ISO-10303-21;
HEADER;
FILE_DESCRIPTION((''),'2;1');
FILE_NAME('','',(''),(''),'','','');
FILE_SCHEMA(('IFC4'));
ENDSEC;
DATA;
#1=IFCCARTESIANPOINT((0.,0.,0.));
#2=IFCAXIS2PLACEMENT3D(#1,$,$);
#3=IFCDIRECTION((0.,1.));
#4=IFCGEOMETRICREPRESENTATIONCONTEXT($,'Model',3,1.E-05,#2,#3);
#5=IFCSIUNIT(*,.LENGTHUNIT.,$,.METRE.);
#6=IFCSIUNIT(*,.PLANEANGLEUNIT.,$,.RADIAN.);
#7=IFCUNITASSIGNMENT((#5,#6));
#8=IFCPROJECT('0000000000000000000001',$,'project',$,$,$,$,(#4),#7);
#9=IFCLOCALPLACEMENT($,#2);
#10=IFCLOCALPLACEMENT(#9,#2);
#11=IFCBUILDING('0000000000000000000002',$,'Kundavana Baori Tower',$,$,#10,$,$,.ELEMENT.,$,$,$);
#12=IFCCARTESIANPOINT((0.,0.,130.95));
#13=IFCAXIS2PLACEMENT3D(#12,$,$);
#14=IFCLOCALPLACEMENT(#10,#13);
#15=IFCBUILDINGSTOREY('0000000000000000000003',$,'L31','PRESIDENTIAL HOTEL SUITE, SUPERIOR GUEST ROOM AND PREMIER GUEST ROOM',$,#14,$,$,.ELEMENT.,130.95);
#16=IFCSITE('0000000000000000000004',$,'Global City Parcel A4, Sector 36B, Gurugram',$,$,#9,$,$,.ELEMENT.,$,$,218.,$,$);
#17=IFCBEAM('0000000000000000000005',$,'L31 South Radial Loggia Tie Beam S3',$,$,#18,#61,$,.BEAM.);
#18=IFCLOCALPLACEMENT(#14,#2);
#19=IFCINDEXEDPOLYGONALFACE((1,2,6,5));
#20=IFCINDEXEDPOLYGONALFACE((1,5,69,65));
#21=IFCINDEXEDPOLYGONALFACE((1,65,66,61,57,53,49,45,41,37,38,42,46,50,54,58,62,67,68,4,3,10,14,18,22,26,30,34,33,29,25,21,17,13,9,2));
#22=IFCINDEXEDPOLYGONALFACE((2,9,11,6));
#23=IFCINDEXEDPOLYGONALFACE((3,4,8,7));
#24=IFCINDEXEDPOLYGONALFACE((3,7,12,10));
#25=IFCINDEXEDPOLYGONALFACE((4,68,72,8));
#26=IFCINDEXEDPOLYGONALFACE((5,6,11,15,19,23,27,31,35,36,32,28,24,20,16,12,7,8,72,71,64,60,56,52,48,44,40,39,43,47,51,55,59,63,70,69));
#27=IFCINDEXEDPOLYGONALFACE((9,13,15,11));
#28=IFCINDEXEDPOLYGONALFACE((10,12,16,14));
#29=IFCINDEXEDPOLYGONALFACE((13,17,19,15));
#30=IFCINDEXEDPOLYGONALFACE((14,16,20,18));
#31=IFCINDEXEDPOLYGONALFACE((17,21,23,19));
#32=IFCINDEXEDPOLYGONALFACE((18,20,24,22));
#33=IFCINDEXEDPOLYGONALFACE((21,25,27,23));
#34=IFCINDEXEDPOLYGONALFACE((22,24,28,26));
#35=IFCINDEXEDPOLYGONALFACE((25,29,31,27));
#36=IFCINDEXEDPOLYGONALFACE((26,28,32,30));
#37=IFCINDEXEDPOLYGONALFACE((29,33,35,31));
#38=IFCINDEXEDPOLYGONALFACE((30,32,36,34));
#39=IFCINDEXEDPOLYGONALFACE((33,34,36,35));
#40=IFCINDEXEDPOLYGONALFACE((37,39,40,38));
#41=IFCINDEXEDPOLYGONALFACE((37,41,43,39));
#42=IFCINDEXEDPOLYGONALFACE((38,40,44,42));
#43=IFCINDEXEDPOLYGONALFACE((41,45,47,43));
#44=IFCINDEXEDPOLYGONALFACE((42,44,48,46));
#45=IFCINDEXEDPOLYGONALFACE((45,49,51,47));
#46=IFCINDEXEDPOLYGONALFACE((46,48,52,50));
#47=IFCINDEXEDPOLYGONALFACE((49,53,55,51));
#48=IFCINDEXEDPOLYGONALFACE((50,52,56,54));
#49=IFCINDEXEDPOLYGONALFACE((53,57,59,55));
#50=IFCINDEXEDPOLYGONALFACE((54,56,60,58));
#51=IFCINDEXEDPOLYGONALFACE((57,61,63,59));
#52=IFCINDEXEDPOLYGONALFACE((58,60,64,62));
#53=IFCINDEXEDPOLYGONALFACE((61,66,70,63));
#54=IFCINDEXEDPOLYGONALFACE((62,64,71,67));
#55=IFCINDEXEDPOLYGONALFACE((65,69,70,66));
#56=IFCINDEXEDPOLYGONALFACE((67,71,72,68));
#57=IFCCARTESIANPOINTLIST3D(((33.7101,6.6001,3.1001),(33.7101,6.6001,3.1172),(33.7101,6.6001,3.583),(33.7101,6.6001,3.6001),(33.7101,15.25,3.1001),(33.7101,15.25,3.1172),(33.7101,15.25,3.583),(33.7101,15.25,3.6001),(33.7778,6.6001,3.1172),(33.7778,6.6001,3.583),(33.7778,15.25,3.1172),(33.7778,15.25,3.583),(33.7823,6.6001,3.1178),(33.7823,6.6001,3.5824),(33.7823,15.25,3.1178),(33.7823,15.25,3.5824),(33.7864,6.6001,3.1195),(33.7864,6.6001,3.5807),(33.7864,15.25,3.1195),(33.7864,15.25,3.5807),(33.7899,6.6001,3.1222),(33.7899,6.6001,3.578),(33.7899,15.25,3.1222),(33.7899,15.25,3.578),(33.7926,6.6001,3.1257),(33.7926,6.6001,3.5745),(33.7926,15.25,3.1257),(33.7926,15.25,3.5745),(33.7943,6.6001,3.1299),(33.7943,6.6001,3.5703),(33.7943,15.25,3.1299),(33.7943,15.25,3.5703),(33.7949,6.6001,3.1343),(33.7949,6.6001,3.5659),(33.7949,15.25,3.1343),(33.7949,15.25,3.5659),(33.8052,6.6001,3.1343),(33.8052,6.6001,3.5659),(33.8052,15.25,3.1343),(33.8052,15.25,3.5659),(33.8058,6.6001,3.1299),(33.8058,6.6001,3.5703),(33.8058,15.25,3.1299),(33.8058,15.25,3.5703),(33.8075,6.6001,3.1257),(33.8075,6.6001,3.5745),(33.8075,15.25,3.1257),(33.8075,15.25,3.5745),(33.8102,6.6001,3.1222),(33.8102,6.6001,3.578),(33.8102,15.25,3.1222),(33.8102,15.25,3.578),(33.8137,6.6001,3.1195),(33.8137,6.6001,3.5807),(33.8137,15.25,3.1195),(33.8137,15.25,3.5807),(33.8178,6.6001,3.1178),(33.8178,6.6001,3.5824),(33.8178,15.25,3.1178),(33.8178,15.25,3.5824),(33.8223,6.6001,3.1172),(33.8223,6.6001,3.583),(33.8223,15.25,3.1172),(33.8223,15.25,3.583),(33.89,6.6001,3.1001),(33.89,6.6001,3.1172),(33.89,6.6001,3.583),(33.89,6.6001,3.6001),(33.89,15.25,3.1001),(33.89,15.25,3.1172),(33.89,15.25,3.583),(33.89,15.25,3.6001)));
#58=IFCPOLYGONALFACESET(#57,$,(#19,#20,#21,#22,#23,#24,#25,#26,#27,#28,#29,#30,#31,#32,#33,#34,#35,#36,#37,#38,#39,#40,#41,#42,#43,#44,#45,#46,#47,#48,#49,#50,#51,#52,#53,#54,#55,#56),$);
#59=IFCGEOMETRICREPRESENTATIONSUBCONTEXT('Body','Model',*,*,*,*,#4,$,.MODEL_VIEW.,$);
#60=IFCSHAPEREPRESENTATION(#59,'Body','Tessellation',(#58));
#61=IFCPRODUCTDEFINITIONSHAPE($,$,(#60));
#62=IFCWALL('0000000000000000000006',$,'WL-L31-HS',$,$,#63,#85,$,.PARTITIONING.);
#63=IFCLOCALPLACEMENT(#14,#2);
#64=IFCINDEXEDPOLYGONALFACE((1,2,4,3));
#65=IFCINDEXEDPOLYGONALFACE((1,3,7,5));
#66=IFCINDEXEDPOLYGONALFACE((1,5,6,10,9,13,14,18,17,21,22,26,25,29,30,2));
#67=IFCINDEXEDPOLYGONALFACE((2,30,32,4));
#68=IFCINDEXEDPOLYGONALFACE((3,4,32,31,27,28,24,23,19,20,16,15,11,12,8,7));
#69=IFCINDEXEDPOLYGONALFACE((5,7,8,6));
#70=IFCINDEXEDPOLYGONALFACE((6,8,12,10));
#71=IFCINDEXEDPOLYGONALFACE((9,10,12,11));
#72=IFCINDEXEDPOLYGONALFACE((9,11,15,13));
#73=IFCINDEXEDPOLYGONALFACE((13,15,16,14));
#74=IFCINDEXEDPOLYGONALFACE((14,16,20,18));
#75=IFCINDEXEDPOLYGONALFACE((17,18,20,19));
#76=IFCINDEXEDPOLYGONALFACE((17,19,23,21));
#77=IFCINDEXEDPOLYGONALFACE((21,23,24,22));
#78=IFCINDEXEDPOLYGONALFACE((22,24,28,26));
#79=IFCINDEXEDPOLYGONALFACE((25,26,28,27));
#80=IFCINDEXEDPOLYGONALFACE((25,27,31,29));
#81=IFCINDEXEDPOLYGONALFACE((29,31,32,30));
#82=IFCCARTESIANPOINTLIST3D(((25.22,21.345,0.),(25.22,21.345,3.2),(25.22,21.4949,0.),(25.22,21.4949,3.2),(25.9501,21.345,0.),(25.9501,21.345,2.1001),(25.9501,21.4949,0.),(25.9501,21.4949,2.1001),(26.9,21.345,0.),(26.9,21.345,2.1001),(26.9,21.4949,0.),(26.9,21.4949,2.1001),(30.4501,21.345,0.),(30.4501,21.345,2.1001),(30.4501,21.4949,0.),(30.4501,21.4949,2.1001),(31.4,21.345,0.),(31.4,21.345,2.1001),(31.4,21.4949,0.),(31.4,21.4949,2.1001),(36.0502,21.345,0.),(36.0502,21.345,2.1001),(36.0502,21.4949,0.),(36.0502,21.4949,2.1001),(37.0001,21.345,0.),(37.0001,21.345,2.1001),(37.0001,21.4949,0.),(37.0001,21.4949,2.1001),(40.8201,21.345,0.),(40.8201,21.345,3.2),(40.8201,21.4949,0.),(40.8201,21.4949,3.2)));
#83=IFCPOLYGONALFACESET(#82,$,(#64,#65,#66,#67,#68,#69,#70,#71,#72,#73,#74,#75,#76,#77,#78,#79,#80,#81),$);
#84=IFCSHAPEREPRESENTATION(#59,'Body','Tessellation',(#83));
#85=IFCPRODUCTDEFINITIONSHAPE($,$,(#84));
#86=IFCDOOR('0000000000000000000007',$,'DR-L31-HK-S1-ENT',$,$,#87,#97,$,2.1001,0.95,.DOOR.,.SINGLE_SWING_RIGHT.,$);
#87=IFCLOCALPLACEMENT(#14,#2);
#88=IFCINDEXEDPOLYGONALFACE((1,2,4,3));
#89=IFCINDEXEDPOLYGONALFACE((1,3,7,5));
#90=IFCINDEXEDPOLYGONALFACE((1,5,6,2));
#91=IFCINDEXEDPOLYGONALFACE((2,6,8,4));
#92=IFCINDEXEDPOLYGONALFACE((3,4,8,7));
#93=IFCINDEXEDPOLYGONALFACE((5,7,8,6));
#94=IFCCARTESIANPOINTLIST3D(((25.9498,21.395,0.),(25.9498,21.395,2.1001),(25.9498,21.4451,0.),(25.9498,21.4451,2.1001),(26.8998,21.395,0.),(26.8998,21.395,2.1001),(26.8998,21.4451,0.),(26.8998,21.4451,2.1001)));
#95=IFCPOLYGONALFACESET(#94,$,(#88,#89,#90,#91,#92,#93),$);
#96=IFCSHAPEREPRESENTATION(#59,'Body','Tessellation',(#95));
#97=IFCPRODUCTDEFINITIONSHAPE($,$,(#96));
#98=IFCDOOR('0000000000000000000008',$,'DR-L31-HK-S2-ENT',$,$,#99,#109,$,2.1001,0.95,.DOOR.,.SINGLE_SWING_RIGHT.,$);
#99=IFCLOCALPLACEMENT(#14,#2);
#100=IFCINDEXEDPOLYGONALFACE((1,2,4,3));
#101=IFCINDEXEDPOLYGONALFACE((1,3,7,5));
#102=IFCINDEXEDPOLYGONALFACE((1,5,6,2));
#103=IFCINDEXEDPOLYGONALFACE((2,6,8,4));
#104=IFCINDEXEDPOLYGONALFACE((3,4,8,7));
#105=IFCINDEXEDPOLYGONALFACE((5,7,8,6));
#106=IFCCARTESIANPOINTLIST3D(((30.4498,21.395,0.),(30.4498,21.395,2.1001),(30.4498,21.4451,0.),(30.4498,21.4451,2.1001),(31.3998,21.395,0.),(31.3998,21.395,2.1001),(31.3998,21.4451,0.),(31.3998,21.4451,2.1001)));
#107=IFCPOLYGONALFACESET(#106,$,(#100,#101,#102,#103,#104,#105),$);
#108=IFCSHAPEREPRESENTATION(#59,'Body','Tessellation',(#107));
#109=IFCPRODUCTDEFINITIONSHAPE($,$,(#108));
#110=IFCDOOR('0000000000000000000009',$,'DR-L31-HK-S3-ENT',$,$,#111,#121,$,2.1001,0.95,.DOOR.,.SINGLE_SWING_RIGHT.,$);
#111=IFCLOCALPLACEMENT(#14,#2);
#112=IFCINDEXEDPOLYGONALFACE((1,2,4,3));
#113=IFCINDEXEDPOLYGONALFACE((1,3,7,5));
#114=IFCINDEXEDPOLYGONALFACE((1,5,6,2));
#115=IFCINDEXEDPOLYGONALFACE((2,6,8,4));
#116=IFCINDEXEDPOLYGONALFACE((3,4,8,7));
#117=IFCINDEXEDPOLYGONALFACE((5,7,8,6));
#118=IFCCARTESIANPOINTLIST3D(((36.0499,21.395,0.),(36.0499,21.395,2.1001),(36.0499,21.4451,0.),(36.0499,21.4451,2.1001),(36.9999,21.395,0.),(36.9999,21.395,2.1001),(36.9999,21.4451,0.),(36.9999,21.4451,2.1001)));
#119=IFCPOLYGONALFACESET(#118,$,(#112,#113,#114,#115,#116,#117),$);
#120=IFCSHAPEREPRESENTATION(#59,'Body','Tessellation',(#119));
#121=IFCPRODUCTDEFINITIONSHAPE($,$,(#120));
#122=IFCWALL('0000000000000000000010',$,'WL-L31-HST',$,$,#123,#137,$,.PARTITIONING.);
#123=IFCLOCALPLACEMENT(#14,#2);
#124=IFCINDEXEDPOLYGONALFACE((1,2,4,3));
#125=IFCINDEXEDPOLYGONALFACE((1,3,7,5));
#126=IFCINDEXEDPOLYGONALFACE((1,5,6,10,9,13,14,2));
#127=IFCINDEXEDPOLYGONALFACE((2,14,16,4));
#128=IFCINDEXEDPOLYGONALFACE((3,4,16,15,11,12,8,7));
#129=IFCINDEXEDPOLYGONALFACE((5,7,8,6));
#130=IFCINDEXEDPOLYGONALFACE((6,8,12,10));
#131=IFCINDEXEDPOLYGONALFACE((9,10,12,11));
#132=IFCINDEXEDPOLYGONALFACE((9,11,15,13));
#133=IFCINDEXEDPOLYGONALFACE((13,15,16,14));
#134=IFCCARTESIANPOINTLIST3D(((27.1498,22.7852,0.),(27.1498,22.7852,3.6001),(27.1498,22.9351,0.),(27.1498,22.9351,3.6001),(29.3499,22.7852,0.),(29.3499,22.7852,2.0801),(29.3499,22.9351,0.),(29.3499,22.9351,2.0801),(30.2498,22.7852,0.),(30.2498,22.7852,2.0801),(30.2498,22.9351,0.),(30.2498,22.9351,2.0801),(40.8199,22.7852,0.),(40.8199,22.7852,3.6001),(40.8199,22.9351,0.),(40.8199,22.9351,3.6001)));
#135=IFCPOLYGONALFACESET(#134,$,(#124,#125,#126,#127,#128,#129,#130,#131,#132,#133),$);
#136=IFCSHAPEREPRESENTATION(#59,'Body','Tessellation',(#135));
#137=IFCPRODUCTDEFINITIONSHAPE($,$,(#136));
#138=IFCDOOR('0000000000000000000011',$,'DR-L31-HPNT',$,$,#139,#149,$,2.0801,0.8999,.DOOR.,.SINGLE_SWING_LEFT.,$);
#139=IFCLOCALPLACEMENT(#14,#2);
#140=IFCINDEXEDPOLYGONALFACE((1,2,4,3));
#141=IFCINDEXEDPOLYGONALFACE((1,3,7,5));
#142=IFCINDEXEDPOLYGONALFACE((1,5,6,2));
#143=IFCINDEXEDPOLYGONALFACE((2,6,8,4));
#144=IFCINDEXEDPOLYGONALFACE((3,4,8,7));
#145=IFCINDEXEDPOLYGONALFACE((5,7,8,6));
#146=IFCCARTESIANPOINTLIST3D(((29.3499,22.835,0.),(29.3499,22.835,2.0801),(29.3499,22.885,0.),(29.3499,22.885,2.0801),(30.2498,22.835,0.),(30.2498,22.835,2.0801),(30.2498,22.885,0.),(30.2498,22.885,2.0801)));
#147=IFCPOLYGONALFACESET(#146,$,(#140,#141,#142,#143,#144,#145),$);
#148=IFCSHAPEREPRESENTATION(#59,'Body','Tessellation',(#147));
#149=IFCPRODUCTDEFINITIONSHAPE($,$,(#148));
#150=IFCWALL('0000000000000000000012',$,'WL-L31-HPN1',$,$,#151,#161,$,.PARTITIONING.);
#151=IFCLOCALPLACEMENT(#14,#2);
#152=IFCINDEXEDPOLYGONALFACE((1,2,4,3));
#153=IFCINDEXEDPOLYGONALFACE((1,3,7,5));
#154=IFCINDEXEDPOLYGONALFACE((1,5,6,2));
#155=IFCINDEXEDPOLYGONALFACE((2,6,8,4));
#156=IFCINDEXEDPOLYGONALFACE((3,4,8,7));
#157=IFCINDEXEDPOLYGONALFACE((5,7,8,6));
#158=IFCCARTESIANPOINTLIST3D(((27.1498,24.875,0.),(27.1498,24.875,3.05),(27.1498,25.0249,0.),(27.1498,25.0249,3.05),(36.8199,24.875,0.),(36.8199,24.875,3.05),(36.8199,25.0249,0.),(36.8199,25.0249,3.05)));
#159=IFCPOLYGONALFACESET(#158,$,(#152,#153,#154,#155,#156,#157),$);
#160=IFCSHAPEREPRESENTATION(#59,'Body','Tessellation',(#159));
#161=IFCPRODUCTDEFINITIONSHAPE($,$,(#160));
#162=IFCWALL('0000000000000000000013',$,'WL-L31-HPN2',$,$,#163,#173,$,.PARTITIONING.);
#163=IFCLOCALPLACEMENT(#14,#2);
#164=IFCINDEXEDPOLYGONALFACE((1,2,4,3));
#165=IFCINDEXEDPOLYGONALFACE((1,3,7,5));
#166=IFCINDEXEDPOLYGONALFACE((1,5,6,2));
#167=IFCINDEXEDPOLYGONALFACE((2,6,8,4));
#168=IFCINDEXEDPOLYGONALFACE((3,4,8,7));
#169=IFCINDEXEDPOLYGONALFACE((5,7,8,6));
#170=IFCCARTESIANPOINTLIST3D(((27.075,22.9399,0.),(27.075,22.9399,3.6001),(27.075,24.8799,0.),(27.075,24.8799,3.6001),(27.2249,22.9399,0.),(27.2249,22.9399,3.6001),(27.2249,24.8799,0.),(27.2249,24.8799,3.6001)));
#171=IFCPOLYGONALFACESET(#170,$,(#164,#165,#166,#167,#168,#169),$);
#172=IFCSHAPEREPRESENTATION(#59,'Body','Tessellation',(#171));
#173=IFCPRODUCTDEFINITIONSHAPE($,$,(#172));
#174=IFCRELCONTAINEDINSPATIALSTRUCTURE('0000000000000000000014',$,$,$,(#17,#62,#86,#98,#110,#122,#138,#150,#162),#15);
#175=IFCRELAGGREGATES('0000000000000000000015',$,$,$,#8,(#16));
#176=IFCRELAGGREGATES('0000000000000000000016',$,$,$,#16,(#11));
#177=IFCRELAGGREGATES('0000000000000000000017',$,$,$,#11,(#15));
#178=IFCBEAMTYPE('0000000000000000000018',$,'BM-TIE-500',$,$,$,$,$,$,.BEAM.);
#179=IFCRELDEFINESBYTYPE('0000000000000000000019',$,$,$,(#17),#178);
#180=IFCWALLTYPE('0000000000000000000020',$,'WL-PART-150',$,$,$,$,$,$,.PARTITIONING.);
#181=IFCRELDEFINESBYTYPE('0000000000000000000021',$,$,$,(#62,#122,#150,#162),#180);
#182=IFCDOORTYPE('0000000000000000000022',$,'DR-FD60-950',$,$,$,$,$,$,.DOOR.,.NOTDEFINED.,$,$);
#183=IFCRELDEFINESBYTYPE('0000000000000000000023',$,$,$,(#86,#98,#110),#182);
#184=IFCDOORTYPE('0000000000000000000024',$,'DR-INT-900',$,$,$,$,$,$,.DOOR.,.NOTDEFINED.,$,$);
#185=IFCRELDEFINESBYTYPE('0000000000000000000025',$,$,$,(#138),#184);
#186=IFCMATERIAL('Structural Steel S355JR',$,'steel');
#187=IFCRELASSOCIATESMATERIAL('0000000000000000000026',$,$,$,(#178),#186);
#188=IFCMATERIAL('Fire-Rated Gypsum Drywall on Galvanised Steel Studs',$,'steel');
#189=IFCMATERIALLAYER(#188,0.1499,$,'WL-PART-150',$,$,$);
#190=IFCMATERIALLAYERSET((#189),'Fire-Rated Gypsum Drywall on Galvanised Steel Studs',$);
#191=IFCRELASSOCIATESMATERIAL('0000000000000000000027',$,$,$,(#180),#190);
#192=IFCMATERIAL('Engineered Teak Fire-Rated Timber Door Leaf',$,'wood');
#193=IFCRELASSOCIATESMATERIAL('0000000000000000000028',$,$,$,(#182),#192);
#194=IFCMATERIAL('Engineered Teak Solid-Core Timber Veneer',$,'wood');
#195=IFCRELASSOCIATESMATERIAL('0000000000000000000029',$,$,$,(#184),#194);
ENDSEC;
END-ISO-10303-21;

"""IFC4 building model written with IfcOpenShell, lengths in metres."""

from ifc_helpers import new_model, si_unit, direction, frame, frame_2d, origin, origin_2d, place, context, subcontext, project, spatial, rectangle, i_section, extrude, material, layer, layer_set, material_profile, profile_set, type_object, element, fill, save


model = new_model("IFC4")

# Units and contexts
model_context = context("Model", 3, precision=1e-05, world=origin(), true_north=direction((0.0, 1.0)))
body_context = subcontext(model_context, "Body", "Model", "MODEL_VIEW")
ifc_project = project(units=[si_unit("LENGTHUNIT", "METRE"), si_unit("PLANEANGLEUNIT", "RADIAN")], contexts=[model_context])

# Site, building, storey
site_placement = place(None, origin())
site = spatial("IfcSite", under=ifc_project, at=site_placement, Name="Global City Parcel A4, Sector 36B, Gurugram", CompositionType="ELEMENT", RefElevation=218.0)
building_placement = place(site_placement, origin())
building = spatial("IfcBuilding", under=site, at=building_placement, Name="Kundavana Baori Tower", CompositionType="ELEMENT")
storey_placement = place(building_placement, frame((0.0, 0.0, 130.95)))
storey = spatial("IfcBuildingStorey", under=building, at=storey_placement, Name="L31", Description="PRESIDENTIAL HOTEL SUITE, SUPERIOR GUEST ROOM AND PREMIER GUEST ROOM", CompositionType="ELEMENT", Elevation=130.95)

# Beam
ifc_material_1 = material(Name="Structural Steel S355JR", Category="steel")
ifc_material_profile_1 = material_profile(ifc_material_1, i_section(OverallWidth=0.1799, OverallDepth=0.5, WebThickness=0.0103, FlangeThickness=0.0171, FilletRadius=0.0171, at=origin_2d()), Name="ISMB 500")
ifc_profile_set_1 = profile_set([ifc_material_profile_1], Name="Structural Steel S355JR")
beam_type_1 = type_object("IfcBeamType", Name="BM-TIE-500", PredefinedType="BEAM", material=ifc_profile_set_1)
beam_1_placement = place(storey_placement, frame((33.8, 15.25, 3.3501), z_axis=(0.0, -1.0, 0.0), x_axis=(1.0, 0.0, 0.0)))
element("IfcBeam", 1, at=beam_1_placement, inside=storey, type_object=beam_type_1, Name="L31 South Radial Loggia Tie Beam S3", PredefinedType="BEAM", context=body_context, shape_type="SweptSolid", body=[
    extrude(i_section(OverallWidth=0.1799, OverallDepth=0.5, WebThickness=0.0103, FlangeThickness=0.0171, FilletRadius=0.0171, at=origin_2d()), origin(), (0.0, 0.0, 1.0), 8.6499),
])

# Wall, openings, doors
ifc_material_2 = material(Name="Fire-Rated Gypsum Drywall on Galvanised Steel Studs", Category="steel")
ifc_layer = layer(ifc_material_2, 0.1499, Name="WL-PART-150")
ifc_layer_set = layer_set([ifc_layer], Name="Fire-Rated Gypsum Drywall on Galvanised Steel Studs")
wall_type = type_object("IfcWallType", Name="WL-PART-150", PredefinedType="PARTITIONING", material=ifc_layer_set)
wall_1_placement = place(storey_placement, frame((25.22, 21.4199, 0.0), z_axis=(0.0, 0.0, 1.0), x_axis=(1.0, 0.0, 0.0)))
wall_1 = element("IfcWall", 2, at=wall_1_placement, inside=storey, type_object=wall_type, Name="WL-L31-HS", PredefinedType="PARTITIONING", context=body_context, shape_type="SweptSolid", body=[
    extrude(rectangle(XDim=15.6001, YDim=0.1499, at=frame_2d((7.8, 0.0))), origin(), (0.0, 0.0, 1.0), 3.2),
])
opening_1_placement = place(wall_1_placement, frame((0.73, 0.0, 0.0)))
opening_1 = element("IfcOpeningElement", 3, at=opening_1_placement, cuts=wall_1, PredefinedType="OPENING", context=body_context, shape_type="SweptSolid", body=[
    extrude(rectangle(XDim=0.95, YDim=2.1001, at=frame_2d((0.4751, 1.05))), frame((0.0, 0.085, 0.0), z_axis=(0.0, -1.0, 0.0), x_axis=(1.0, 0.0, 0.0)), (0.0, 0.0, 1.0), 0.1699),
])
opening_2_placement = place(wall_1_placement, frame((5.23, 0.0, 0.0)))
opening_2 = element("IfcOpeningElement", 4, at=opening_2_placement, cuts=wall_1, PredefinedType="OPENING", context=body_context, shape_type="SweptSolid", body=[
    extrude(rectangle(XDim=0.95, YDim=2.1001, at=frame_2d((0.4751, 1.05))), frame((0.0, 0.085, 0.0), z_axis=(0.0, -1.0, 0.0), x_axis=(1.0, 0.0, 0.0)), (0.0, 0.0, 1.0), 0.1699),
])
opening_3_placement = place(wall_1_placement, frame((10.8301, 0.0, 0.0)))
opening_3 = element("IfcOpeningElement", 5, at=opening_3_placement, cuts=wall_1, PredefinedType="OPENING", context=body_context, shape_type="SweptSolid", body=[
    extrude(rectangle(XDim=0.95, YDim=2.1001, at=frame_2d((0.4751, 1.05))), frame((0.0, 0.085, 0.0), z_axis=(0.0, -1.0, 0.0), x_axis=(1.0, 0.0, 0.0)), (0.0, 0.0, 1.0), 0.1699),
])
ifc_material_3 = material(Name="Engineered Teak Fire-Rated Timber Door Leaf", Category="wood")
door_type_1 = type_object("IfcDoorType", Name="DR-FD60-950", OperationType="NOTDEFINED", PredefinedType="DOOR", material=ifc_material_3)
door_1_placement = place(opening_1_placement, frame((0.95, 0.0, 0.0), z_axis=(0.0, 0.0, 1.0), x_axis=(-1.0, 0.0, 0.0)))
door_1 = element("IfcDoor", 6, at=door_1_placement, inside=storey, type_object=door_type_1, Name="DR-L31-HK-S1-ENT", OperationType="SINGLE_SWING_RIGHT", OverallHeight=2.1001, OverallWidth=0.95, PredefinedType="DOOR", context=body_context, shape_type="SweptSolid", body=[
    extrude(rectangle(XDim=0.95, YDim=2.1001, at=frame_2d((0.4751, 1.05))), frame((0.0, 0.0249, 0.0), z_axis=(0.0, -1.0, 0.0), x_axis=(1.0, 0.0, 0.0)), (0.0, 0.0, 1.0), 0.05),
])
fill(opening_1, door_1)
door_2_placement = place(opening_2_placement, frame((0.95, 0.0, 0.0), z_axis=(0.0, 0.0, 1.0), x_axis=(-1.0, 0.0, 0.0)))
door_2 = element("IfcDoor", 7, at=door_2_placement, inside=storey, type_object=door_type_1, Name="DR-L31-HK-S2-ENT", OperationType="SINGLE_SWING_RIGHT", OverallHeight=2.1001, OverallWidth=0.95, PredefinedType="DOOR", context=body_context, shape_type="SweptSolid", body=[
    extrude(rectangle(XDim=0.95, YDim=2.1001, at=frame_2d((0.4751, 1.05))), frame((0.0, 0.0249, 0.0), z_axis=(0.0, -1.0, 0.0), x_axis=(1.0, 0.0, 0.0)), (0.0, 0.0, 1.0), 0.05),
])
fill(opening_2, door_2)
door_3_placement = place(opening_3_placement, frame((0.95, 0.0, 0.0), z_axis=(0.0, 0.0, 1.0), x_axis=(-1.0, 0.0, 0.0)))
door_3 = element("IfcDoor", 8, at=door_3_placement, inside=storey, type_object=door_type_1, Name="DR-L31-HK-S3-ENT", OperationType="SINGLE_SWING_RIGHT", OverallHeight=2.1001, OverallWidth=0.95, PredefinedType="DOOR", context=body_context, shape_type="SweptSolid", body=[
    extrude(rectangle(XDim=0.95, YDim=2.1001, at=frame_2d((0.4751, 1.05))), frame((0.0, 0.0249, 0.0), z_axis=(0.0, -1.0, 0.0), x_axis=(1.0, 0.0, 0.0)), (0.0, 0.0, 1.0), 0.05),
])
fill(opening_3, door_3)

# Wall, opening, door
wall_2_placement = place(storey_placement, frame((27.1499, 22.8601, 0.0), z_axis=(0.0, 0.0, 1.0), x_axis=(1.0, 0.0, 0.0)))
wall_2 = element("IfcWall", 9, at=wall_2_placement, inside=storey, type_object=wall_type, Name="WL-L31-HST", PredefinedType="PARTITIONING", context=body_context, shape_type="SweptSolid", body=[
    extrude(rectangle(XDim=13.6702, YDim=0.1499, at=frame_2d((6.835, 0.0))), origin(), (0.0, 0.0, 1.0), 3.6001),
])
opening_4_placement = place(wall_2_placement, frame((2.2, 0.0, 0.0)))
opening_4 = element("IfcOpeningElement", 10, at=opening_4_placement, cuts=wall_2, PredefinedType="OPENING", context=body_context, shape_type="SweptSolid", body=[
    extrude(rectangle(XDim=0.8999, YDim=2.0801, at=frame_2d((0.45, 1.04))), frame((0.0, 0.085, 0.0), z_axis=(0.0, -1.0, 0.0), x_axis=(1.0, 0.0, 0.0)), (0.0, 0.0, 1.0), 0.1699),
])
ifc_material_4 = material(Name="Engineered Teak Solid-Core Timber Veneer", Category="wood")
door_type_2 = type_object("IfcDoorType", Name="DR-INT-900", OperationType="NOTDEFINED", PredefinedType="DOOR", material=ifc_material_4)
door_4_placement = place(opening_4_placement, origin())
door_4 = element("IfcDoor", 11, at=door_4_placement, inside=storey, type_object=door_type_2, Name="DR-L31-HPNT", OperationType="SINGLE_SWING_LEFT", OverallHeight=2.0801, OverallWidth=0.8999, PredefinedType="DOOR", context=body_context, shape_type="SweptSolid", body=[
    extrude(rectangle(XDim=0.8999, YDim=2.0801, at=frame_2d((0.45, 1.04))), frame((0.0, 0.0249, 0.0), z_axis=(0.0, -1.0, 0.0), x_axis=(1.0, 0.0, 0.0)), (0.0, 0.0, 1.0), 0.05),
])
fill(opening_4, door_4)

# Walls
wall_3_placement = place(storey_placement, frame((27.1499, 24.95, 0.0), z_axis=(0.0, 0.0, 1.0), x_axis=(1.0, 0.0, 0.0)))
element("IfcWall", 12, at=wall_3_placement, inside=storey, type_object=wall_type, Name="WL-L31-HPN1", PredefinedType="PARTITIONING", context=body_context, shape_type="SweptSolid", body=[
    extrude(rectangle(XDim=9.6702, YDim=0.1499, at=frame_2d((4.835, 0.0))), origin(), (0.0, 0.0, 1.0), 3.05),
])
wall_4_placement = place(storey_placement, frame((27.1499, 22.9399, 0.0), z_axis=(0.0, 0.0, 1.0), x_axis=(0.0, 1.0, 0.0)))
element("IfcWall", 13, at=wall_4_placement, inside=storey, type_object=wall_type, Name="WL-L31-HPN2", PredefinedType="PARTITIONING", context=body_context, shape_type="SweptSolid", body=[
    extrude(rectangle(XDim=1.9399, YDim=0.1499, at=frame_2d((0.97, 0.0))), origin(), (0.0, 0.0, 1.0), 3.6001),
])

save(model, "model.ifc")
